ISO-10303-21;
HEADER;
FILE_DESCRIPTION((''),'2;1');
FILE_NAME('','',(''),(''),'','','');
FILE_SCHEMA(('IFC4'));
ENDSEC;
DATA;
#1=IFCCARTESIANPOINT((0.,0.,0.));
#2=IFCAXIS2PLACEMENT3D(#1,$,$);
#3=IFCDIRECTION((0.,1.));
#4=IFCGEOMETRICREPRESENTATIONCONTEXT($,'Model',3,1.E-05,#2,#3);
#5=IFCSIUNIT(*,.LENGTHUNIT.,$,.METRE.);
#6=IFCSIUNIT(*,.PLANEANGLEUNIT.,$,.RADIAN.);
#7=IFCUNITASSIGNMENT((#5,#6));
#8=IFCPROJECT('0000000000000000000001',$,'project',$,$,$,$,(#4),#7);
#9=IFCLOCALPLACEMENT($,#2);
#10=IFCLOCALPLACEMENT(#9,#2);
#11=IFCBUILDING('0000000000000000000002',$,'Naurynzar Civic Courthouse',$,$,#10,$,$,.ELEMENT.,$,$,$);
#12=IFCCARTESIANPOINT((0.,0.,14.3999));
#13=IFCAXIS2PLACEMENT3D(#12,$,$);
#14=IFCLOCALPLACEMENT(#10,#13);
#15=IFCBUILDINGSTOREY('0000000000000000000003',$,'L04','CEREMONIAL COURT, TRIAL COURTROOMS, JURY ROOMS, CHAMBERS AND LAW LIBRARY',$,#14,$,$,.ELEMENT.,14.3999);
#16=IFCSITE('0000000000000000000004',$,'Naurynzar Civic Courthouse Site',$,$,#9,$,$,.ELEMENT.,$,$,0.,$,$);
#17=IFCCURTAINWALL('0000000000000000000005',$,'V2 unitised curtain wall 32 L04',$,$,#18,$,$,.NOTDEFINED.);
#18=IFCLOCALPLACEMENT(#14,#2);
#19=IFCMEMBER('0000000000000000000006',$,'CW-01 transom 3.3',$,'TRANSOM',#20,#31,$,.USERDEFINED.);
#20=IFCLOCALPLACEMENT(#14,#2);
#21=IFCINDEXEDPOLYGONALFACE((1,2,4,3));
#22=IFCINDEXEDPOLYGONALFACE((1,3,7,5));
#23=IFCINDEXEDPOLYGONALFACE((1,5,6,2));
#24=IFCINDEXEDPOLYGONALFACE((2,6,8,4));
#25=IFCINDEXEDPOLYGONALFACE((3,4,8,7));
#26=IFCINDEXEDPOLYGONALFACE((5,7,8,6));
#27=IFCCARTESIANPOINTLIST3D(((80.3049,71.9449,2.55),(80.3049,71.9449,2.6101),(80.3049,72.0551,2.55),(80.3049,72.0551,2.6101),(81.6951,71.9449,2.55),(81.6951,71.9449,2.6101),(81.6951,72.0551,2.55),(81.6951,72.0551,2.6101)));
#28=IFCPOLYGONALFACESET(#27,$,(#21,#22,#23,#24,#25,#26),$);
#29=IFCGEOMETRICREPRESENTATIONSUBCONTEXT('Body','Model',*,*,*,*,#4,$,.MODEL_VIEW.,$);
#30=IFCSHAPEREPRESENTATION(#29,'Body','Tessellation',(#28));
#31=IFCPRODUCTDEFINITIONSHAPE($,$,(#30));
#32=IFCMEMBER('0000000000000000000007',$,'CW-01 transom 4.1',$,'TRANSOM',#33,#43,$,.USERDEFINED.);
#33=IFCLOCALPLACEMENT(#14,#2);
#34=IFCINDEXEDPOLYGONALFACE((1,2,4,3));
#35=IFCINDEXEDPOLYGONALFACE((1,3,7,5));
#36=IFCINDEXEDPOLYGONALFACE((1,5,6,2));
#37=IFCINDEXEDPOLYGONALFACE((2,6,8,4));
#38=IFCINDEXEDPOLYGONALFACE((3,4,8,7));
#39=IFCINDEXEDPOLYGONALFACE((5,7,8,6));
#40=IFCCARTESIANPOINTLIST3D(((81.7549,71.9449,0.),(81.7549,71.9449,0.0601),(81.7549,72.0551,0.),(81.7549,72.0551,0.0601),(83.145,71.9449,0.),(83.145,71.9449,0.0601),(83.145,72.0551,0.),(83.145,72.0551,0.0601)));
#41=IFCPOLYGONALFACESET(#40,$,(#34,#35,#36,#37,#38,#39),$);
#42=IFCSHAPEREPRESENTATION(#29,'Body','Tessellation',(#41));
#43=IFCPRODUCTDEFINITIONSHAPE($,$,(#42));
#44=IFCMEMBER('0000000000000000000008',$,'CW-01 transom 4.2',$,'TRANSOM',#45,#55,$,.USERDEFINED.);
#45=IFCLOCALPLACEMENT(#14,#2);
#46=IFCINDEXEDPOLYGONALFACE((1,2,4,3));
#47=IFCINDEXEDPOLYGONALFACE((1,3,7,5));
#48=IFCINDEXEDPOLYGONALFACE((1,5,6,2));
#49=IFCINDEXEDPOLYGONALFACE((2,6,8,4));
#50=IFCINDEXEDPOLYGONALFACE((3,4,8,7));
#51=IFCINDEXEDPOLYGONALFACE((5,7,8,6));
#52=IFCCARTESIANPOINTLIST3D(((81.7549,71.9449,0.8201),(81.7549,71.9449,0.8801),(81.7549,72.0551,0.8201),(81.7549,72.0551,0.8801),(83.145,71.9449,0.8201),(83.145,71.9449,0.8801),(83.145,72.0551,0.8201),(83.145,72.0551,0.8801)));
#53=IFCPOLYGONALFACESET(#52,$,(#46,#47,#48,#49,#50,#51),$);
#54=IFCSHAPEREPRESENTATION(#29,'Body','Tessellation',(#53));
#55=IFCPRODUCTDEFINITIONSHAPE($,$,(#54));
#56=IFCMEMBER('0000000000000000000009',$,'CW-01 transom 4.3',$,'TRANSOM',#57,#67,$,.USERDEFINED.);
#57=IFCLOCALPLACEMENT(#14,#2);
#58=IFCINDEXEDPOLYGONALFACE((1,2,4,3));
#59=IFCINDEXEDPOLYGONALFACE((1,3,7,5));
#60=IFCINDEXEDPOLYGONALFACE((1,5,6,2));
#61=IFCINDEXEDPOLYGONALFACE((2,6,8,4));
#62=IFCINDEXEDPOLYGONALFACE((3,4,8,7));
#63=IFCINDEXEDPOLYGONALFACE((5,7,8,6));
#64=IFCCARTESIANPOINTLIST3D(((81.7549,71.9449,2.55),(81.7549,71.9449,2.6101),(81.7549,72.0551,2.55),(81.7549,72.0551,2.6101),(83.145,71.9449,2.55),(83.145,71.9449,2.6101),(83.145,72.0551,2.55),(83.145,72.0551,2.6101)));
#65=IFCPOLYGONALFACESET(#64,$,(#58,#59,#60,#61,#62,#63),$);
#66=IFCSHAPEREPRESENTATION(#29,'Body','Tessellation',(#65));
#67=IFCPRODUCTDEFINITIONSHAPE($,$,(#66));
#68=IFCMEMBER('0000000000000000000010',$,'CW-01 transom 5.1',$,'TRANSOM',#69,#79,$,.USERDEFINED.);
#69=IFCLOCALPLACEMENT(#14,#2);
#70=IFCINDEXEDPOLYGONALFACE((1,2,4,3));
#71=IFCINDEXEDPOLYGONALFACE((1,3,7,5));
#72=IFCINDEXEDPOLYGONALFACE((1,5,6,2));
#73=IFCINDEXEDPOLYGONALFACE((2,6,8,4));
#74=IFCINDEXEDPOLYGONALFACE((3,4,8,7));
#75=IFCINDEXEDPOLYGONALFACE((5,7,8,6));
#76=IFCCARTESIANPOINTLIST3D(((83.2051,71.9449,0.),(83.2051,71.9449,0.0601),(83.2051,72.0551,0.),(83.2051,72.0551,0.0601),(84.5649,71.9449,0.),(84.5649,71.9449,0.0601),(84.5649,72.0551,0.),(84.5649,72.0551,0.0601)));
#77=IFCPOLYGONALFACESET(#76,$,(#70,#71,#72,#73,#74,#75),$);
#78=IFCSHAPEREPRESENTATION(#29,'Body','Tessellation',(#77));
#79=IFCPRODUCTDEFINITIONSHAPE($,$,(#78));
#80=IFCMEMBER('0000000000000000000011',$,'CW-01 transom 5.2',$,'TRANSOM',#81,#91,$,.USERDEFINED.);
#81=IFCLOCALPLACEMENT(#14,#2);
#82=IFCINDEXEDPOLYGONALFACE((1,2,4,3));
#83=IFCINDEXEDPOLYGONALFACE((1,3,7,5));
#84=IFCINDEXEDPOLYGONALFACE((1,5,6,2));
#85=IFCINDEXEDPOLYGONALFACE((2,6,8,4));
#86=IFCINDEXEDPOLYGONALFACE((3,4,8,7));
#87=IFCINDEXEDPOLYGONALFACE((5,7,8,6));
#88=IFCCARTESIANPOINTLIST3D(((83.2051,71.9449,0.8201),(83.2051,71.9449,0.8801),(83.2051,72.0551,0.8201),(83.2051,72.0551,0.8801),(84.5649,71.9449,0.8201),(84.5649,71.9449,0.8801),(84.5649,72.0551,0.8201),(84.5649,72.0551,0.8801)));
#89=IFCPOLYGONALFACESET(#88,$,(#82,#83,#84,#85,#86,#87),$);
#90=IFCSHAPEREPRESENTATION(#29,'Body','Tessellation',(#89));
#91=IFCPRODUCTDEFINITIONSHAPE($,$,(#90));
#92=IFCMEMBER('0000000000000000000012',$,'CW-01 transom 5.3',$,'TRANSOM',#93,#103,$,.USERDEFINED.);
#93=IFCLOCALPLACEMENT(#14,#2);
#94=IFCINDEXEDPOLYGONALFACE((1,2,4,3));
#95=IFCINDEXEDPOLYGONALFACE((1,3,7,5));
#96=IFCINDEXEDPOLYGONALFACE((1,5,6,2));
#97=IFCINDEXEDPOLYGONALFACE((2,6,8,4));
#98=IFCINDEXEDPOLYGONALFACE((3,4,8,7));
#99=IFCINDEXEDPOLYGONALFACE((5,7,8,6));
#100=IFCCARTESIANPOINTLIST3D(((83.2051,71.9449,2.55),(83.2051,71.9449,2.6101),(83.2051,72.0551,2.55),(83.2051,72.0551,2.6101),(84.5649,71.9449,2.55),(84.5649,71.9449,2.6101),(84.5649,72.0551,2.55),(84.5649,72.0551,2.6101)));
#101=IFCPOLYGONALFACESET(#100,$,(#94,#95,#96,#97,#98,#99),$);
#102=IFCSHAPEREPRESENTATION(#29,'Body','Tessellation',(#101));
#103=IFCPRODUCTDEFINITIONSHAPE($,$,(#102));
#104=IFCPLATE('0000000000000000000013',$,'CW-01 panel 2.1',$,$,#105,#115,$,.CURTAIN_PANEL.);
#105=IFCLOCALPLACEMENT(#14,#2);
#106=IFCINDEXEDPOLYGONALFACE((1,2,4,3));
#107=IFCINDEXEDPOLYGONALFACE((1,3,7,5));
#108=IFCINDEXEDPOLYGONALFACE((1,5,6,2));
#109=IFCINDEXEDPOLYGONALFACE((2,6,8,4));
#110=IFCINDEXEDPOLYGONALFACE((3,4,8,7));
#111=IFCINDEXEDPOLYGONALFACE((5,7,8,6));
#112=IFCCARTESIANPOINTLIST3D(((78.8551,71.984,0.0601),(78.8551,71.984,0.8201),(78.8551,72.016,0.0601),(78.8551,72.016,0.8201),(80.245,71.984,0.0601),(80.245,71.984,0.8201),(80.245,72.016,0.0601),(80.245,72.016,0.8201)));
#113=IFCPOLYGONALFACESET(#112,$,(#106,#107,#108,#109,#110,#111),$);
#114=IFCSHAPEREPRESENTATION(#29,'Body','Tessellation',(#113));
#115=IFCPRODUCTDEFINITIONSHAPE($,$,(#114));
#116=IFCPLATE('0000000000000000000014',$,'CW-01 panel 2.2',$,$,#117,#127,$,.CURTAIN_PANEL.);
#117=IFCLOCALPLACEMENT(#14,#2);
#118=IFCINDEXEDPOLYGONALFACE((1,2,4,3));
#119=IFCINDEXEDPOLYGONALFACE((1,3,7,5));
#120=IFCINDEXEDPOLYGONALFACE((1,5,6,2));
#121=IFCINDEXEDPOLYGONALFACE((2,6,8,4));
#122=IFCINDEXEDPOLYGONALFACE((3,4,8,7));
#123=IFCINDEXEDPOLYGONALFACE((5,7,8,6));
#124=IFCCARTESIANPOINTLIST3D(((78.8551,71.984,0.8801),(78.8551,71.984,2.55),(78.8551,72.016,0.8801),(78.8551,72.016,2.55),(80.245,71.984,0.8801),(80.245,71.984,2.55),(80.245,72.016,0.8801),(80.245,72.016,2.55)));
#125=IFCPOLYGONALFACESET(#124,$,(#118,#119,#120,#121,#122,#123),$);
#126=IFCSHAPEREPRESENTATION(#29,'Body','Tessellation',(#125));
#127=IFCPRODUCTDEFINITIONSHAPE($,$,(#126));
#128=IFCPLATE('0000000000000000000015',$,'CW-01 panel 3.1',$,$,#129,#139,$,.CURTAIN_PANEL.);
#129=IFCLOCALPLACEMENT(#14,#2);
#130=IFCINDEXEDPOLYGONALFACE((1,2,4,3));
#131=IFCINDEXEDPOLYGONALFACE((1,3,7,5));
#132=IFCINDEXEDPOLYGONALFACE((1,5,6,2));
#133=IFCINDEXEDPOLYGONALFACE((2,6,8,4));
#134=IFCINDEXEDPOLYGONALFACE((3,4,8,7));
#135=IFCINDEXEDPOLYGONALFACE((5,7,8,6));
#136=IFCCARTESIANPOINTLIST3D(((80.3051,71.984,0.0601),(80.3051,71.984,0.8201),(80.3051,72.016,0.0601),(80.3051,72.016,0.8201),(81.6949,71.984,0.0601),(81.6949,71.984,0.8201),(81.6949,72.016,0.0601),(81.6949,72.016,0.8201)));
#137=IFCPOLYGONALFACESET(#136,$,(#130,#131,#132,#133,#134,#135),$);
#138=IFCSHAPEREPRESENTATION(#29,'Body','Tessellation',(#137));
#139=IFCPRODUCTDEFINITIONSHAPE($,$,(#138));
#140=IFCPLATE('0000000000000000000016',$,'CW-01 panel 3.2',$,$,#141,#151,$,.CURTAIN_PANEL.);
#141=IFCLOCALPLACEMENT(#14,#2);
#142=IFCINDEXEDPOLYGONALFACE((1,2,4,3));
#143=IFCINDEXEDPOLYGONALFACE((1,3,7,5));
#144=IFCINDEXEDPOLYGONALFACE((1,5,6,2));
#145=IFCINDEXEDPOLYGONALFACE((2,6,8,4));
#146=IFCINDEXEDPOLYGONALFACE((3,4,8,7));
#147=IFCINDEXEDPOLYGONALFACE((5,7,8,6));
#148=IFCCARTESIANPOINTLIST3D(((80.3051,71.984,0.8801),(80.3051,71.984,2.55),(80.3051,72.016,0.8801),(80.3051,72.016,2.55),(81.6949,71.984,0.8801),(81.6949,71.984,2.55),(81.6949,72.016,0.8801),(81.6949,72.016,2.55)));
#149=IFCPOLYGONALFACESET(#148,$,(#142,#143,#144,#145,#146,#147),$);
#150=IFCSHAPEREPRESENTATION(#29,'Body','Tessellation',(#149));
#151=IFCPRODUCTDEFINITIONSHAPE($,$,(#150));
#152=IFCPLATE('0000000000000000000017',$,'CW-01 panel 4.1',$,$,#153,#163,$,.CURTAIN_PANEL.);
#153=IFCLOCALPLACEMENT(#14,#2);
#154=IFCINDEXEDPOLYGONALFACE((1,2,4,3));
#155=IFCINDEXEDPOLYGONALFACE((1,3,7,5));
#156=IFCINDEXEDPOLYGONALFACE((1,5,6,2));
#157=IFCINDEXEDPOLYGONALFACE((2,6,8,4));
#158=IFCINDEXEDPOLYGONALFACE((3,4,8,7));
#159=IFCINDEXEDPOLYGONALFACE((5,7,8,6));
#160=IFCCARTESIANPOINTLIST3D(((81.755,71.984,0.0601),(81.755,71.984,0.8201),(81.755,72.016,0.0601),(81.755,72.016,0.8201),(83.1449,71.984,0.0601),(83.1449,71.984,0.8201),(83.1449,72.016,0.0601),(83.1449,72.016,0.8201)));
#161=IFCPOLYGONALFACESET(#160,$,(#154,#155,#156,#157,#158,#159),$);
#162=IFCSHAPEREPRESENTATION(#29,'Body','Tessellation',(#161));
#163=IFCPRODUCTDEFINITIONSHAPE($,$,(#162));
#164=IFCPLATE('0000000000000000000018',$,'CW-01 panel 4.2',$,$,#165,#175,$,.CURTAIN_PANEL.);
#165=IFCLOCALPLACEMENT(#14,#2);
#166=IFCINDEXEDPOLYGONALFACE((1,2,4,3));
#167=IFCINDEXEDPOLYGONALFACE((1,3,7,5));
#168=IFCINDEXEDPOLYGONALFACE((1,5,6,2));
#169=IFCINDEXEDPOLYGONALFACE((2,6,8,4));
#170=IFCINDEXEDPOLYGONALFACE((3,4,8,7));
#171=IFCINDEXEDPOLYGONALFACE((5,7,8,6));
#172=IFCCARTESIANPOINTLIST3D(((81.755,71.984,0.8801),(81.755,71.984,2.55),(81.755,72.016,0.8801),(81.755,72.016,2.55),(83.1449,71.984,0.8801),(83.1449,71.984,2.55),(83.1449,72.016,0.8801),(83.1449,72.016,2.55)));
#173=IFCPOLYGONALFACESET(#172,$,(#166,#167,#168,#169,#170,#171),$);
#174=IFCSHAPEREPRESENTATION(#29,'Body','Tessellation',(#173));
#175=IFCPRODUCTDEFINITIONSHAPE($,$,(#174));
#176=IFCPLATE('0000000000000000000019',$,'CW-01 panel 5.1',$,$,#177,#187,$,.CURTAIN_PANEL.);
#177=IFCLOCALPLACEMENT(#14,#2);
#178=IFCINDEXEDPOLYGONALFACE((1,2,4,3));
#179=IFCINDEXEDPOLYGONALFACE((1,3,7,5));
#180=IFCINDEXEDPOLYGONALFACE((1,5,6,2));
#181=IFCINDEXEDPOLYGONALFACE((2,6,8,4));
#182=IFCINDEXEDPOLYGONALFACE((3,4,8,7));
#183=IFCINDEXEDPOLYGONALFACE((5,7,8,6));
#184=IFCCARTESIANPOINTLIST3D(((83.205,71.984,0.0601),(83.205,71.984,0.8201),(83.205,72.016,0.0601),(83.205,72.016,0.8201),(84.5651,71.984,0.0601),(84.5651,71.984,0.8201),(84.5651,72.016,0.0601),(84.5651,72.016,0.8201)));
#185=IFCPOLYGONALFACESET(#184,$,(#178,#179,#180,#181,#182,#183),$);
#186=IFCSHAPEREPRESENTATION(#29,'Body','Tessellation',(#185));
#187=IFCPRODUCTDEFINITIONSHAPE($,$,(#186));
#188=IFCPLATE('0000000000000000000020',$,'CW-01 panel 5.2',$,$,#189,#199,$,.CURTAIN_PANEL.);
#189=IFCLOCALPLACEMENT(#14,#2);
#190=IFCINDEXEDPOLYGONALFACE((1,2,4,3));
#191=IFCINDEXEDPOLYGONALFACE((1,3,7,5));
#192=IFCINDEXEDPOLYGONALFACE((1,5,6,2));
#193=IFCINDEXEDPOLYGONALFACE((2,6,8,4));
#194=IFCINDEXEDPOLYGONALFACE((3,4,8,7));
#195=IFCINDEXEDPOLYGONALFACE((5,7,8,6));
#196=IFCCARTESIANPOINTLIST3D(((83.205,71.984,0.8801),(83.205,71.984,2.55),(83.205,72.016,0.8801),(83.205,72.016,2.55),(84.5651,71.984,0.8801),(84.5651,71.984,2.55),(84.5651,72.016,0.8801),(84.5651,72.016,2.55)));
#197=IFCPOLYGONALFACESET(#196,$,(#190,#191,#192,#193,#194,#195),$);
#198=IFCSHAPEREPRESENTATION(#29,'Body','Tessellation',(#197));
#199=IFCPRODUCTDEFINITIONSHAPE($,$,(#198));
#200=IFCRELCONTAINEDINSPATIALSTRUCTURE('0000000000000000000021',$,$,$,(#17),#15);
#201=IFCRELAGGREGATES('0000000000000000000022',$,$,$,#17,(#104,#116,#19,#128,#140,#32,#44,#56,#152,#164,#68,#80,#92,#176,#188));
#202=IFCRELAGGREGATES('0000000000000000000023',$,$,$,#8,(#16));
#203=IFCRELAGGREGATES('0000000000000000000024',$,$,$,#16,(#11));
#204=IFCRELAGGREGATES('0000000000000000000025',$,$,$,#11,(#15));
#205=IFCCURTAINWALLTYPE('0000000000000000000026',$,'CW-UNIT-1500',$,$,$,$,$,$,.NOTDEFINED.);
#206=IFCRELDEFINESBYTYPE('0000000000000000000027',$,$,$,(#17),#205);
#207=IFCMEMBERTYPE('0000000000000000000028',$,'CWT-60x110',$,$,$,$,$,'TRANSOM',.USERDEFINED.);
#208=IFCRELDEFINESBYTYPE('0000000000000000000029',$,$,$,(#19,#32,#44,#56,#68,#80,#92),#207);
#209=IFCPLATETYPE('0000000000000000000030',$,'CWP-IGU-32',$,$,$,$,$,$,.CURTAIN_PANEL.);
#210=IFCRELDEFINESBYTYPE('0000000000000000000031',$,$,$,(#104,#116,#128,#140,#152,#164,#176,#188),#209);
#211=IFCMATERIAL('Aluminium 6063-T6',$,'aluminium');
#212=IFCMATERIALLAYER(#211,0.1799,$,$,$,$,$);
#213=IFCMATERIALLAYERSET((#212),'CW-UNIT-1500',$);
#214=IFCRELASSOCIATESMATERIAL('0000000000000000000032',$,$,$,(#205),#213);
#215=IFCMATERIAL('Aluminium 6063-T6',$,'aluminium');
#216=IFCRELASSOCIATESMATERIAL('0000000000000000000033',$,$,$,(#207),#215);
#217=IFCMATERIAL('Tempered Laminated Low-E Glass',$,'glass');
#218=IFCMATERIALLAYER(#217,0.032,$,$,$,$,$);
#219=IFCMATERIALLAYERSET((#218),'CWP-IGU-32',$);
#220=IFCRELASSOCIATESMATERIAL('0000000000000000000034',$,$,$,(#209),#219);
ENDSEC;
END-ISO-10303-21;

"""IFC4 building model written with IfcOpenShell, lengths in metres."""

from ifc_helpers import new_model, si_unit, direction, frame, origin, origin_2d, place, context, subcontext, project, spatial, rectangle, extrude, material, layer, layer_set, material_profile, profile_set, type_object, element, aggregate, save


model = new_model("IFC4")

# Units and contexts
model_context = context("Model", 3, precision=1e-05, world=origin(), true_north=direction((0.0, 1.0)))
body_context = subcontext(model_context, "Body", "Model", "MODEL_VIEW")
ifc_project = project(units=[si_unit("LENGTHUNIT", "METRE"), si_unit("PLANEANGLEUNIT", "RADIAN")], contexts=[model_context])

# Site, building, storey
site_placement = place(None, origin())
site = spatial("IfcSite", under=ifc_project, at=site_placement, Name="Naurynzar Civic Courthouse Site", CompositionType="ELEMENT", RefElevation=0.0)
building_placement = place(site_placement, origin())
building = spatial("IfcBuilding", under=site, at=building_placement, Name="Naurynzar Civic Courthouse", CompositionType="ELEMENT")
storey_placement = place(building_placement, frame((0.0, 0.0, 14.3999)))
storey = spatial("IfcBuildingStorey", under=building, at=storey_placement, Name="L04", Description="CEREMONIAL COURT, TRIAL COURTROOMS, JURY ROOMS, CHAMBERS AND LAW LIBRARY", CompositionType="ELEMENT", Elevation=14.3999)

# Curtain wall, members, plates
ifc_material_1 = material(Name="Aluminium 6063-T6", Category="aluminium")
ifc_layer_1 = layer(ifc_material_1, 0.1799)
ifc_layer_set_1 = layer_set([ifc_layer_1], Name="CW-UNIT-1500")
curtain_wall_type = type_object("IfcCurtainWallType", Name="CW-UNIT-1500", PredefinedType="NOTDEFINED", material=ifc_layer_set_1)
curtain_wall_placement = place(storey_placement, origin())
curtain_wall = element("IfcCurtainWall", 1, at=curtain_wall_placement, inside=storey, type_object=curtain_wall_type, Name="V2 unitised curtain wall 32 L04", PredefinedType="NOTDEFINED")
ifc_material_2 = material(Name="Aluminium 6063-T6", Category="aluminium")
ifc_material_profile_1 = material_profile(ifc_material_2, rectangle(XDim=0.1101, YDim=0.0601, at=origin_2d()), Name="ALU TRANSOM 60x110")
ifc_profile_set_1 = profile_set([ifc_material_profile_1], Name="Aluminium 6063-T6")
member_type_1 = type_object("IfcMemberType", Name="CWT-60x110", ElementType="TRANSOM", PredefinedType="USERDEFINED", material=ifc_profile_set_1)
member_1_placement = place(storey_placement, frame((80.3049, 72.0, 2.5801), z_axis=(1.0, 0.0, 0.0), x_axis=(0.0, 1.0, 0.0)))
member_1 = element("IfcMember", 2, at=member_1_placement, type_object=member_type_1, Name="CW-01 transom 3.3", ObjectType="TRANSOM", PredefinedType="USERDEFINED", context=body_context, shape_type="SweptSolid", body=[
    extrude(rectangle(XDim=0.1101, YDim=0.0601, at=origin_2d()), origin(), (0.0, 0.0, 1.0), 1.3901),
])
member_2_placement = place(storey_placement, frame((81.7549, 72.0, 0.03), z_axis=(1.0, 0.0, 0.0), x_axis=(0.0, 1.0, 0.0)))
member_2 = element("IfcMember", 3, at=member_2_placement, type_object=member_type_1, Name="CW-01 transom 4.1", ObjectType="TRANSOM", PredefinedType="USERDEFINED", context=body_context, shape_type="SweptSolid", body=[
    extrude(rectangle(XDim=0.1101, YDim=0.0601, at=origin_2d()), origin(), (0.0, 0.0, 1.0), 1.3901),
])
member_3_placement = place(storey_placement, frame((81.7549, 72.0, 0.8501), z_axis=(1.0, 0.0, 0.0), x_axis=(0.0, 1.0, 0.0)))
member_3 = element("IfcMember", 4, at=member_3_placement, type_object=member_type_1, Name="CW-01 transom 4.2", ObjectType="TRANSOM", PredefinedType="USERDEFINED", context=body_context, shape_type="SweptSolid", body=[
    extrude(rectangle(XDim=0.1101, YDim=0.0601, at=origin_2d()), origin(), (0.0, 0.0, 1.0), 1.3901),
])
member_4_placement = place(storey_placement, frame((81.7549, 72.0, 2.5801), z_axis=(1.0, 0.0, 0.0), x_axis=(0.0, 1.0, 0.0)))
member_4 = element("IfcMember", 5, at=member_4_placement, type_object=member_type_1, Name="CW-01 transom 4.3", ObjectType="TRANSOM", PredefinedType="USERDEFINED", context=body_context, shape_type="SweptSolid", body=[
    extrude(rectangle(XDim=0.1101, YDim=0.0601, at=origin_2d()), origin(), (0.0, 0.0, 1.0), 1.3901),
])
member_5_placement = place(storey_placement, frame((83.2051, 72.0, 0.03), z_axis=(1.0, 0.0, 0.0), x_axis=(0.0, 1.0, 0.0)))
member_5 = element("IfcMember", 6, at=member_5_placement, type_object=member_type_1, Name="CW-01 transom 5.1", ObjectType="TRANSOM", PredefinedType="USERDEFINED", context=body_context, shape_type="SweptSolid", body=[
    extrude(rectangle(XDim=0.1101, YDim=0.0601, at=origin_2d()), origin(), (0.0, 0.0, 1.0), 1.3599),
])
member_6_placement = place(storey_placement, frame((83.2051, 72.0, 0.8501), z_axis=(1.0, 0.0, 0.0), x_axis=(0.0, 1.0, 0.0)))
member_6 = element("IfcMember", 7, at=member_6_placement, type_object=member_type_1, Name="CW-01 transom 5.2", ObjectType="TRANSOM", PredefinedType="USERDEFINED", context=body_context, shape_type="SweptSolid", body=[
    extrude(rectangle(XDim=0.1101, YDim=0.0601, at=origin_2d()), origin(), (0.0, 0.0, 1.0), 1.3599),
])
member_7_placement = place(storey_placement, frame((83.2051, 72.0, 2.5801), z_axis=(1.0, 0.0, 0.0), x_axis=(0.0, 1.0, 0.0)))
member_7 = element("IfcMember", 8, at=member_7_placement, type_object=member_type_1, Name="CW-01 transom 5.3", ObjectType="TRANSOM", PredefinedType="USERDEFINED", context=body_context, shape_type="SweptSolid", body=[
    extrude(rectangle(XDim=0.1101, YDim=0.0601, at=origin_2d()), origin(), (0.0, 0.0, 1.0), 1.3599),
])
ifc_material_3 = material(Name="Tempered Laminated Low-E Glass", Category="glass")
ifc_layer_2 = layer(ifc_material_3, 0.032)
ifc_layer_set_2 = layer_set([ifc_layer_2], Name="CWP-IGU-32")
plate_type = type_object("IfcPlateType", Name="CWP-IGU-32", PredefinedType="CURTAIN_PANEL", material=ifc_layer_set_2)
plate_1_placement = place(storey_placement, frame((79.55, 72.0, 0.0601), z_axis=(0.0, 0.0, 1.0), x_axis=(1.0, 0.0, 0.0)))
plate_1 = element("IfcPlate", 9, at=plate_1_placement, type_object=plate_type, Name="CW-01 panel 2.1", PredefinedType="CURTAIN_PANEL", context=body_context, shape_type="SweptSolid", body=[
    extrude(rectangle(XDim=1.3899, YDim=0.032, at=origin_2d()), origin(), (0.0, 0.0, 1.0), 0.76),
])
plate_2_placement = place(storey_placement, frame((79.55, 72.0, 0.8801), z_axis=(0.0, 0.0, 1.0), x_axis=(1.0, 0.0, 0.0)))
plate_2 = element("IfcPlate", 10, at=plate_2_placement, type_object=plate_type, Name="CW-01 panel 2.2", PredefinedType="CURTAIN_PANEL", context=body_context, shape_type="SweptSolid", body=[
    extrude(rectangle(XDim=1.3899, YDim=0.032, at=origin_2d()), origin(), (0.0, 0.0, 1.0), 1.6699),
])
plate_3_placement = place(storey_placement, frame((81.0, 72.0, 0.0601), z_axis=(0.0, 0.0, 1.0), x_axis=(1.0, 0.0, 0.0)))
plate_3 = element("IfcPlate", 11, at=plate_3_placement, type_object=plate_type, Name="CW-01 panel 3.1", PredefinedType="CURTAIN_PANEL", context=body_context, shape_type="SweptSolid", body=[
    extrude(rectangle(XDim=1.3899, YDim=0.032, at=origin_2d()), origin(), (0.0, 0.0, 1.0), 0.76),
])
plate_4_placement = place(storey_placement, frame((81.0, 72.0, 0.8801), z_axis=(0.0, 0.0, 1.0), x_axis=(1.0, 0.0, 0.0)))
plate_4 = element("IfcPlate", 12, at=plate_4_placement, type_object=plate_type, Name="CW-01 panel 3.2", PredefinedType="CURTAIN_PANEL", context=body_context, shape_type="SweptSolid", body=[
    extrude(rectangle(XDim=1.3899, YDim=0.032, at=origin_2d()), origin(), (0.0, 0.0, 1.0), 1.6699),
])
plate_5_placement = place(storey_placement, frame((82.45, 72.0, 0.0601), z_axis=(0.0, 0.0, 1.0), x_axis=(1.0, 0.0, 0.0)))
plate_5 = element("IfcPlate", 13, at=plate_5_placement, type_object=plate_type, Name="CW-01 panel 4.1", PredefinedType="CURTAIN_PANEL", context=body_context, shape_type="SweptSolid", body=[
    extrude(rectangle(XDim=1.3899, YDim=0.032, at=origin_2d()), origin(), (0.0, 0.0, 1.0), 0.76),
])
plate_6_placement = place(storey_placement, frame((82.45, 72.0, 0.8801), z_axis=(0.0, 0.0, 1.0), x_axis=(1.0, 0.0, 0.0)))
plate_6 = element("IfcPlate", 14, at=plate_6_placement, type_object=plate_type, Name="CW-01 panel 4.2", PredefinedType="CURTAIN_PANEL", context=body_context, shape_type="SweptSolid", body=[
    extrude(rectangle(XDim=1.3899, YDim=0.032, at=origin_2d()), origin(), (0.0, 0.0, 1.0), 1.6699),
])
plate_7_placement = place(storey_placement, frame((83.885, 72.0, 0.0601), z_axis=(0.0, 0.0, 1.0), x_axis=(1.0, 0.0, 0.0)))
plate_7 = element("IfcPlate", 15, at=plate_7_placement, type_object=plate_type, Name="CW-01 panel 5.1", PredefinedType="CURTAIN_PANEL", context=body_context, shape_type="SweptSolid", body=[
    extrude(rectangle(XDim=1.3601, YDim=0.032, at=origin_2d()), origin(), (0.0, 0.0, 1.0), 0.76),
])
plate_8_placement = place(storey_placement, frame((83.885, 72.0, 0.8801), z_axis=(0.0, 0.0, 1.0), x_axis=(1.0, 0.0, 0.0)))
plate_8 = element("IfcPlate", 16, at=plate_8_placement, type_object=plate_type, Name="CW-01 panel 5.2", PredefinedType="CURTAIN_PANEL", context=body_context, shape_type="SweptSolid", body=[
    extrude(rectangle(XDim=1.3601, YDim=0.032, at=origin_2d()), origin(), (0.0, 0.0, 1.0), 1.6699),
])
aggregate(curtain_wall, [plate_1, plate_2, member_1, plate_3, plate_4, member_2, member_3, member_4, plate_5, plate_6, member_5, member_6, member_7, plate_7, plate_8])

save(model, "model.ifc")
